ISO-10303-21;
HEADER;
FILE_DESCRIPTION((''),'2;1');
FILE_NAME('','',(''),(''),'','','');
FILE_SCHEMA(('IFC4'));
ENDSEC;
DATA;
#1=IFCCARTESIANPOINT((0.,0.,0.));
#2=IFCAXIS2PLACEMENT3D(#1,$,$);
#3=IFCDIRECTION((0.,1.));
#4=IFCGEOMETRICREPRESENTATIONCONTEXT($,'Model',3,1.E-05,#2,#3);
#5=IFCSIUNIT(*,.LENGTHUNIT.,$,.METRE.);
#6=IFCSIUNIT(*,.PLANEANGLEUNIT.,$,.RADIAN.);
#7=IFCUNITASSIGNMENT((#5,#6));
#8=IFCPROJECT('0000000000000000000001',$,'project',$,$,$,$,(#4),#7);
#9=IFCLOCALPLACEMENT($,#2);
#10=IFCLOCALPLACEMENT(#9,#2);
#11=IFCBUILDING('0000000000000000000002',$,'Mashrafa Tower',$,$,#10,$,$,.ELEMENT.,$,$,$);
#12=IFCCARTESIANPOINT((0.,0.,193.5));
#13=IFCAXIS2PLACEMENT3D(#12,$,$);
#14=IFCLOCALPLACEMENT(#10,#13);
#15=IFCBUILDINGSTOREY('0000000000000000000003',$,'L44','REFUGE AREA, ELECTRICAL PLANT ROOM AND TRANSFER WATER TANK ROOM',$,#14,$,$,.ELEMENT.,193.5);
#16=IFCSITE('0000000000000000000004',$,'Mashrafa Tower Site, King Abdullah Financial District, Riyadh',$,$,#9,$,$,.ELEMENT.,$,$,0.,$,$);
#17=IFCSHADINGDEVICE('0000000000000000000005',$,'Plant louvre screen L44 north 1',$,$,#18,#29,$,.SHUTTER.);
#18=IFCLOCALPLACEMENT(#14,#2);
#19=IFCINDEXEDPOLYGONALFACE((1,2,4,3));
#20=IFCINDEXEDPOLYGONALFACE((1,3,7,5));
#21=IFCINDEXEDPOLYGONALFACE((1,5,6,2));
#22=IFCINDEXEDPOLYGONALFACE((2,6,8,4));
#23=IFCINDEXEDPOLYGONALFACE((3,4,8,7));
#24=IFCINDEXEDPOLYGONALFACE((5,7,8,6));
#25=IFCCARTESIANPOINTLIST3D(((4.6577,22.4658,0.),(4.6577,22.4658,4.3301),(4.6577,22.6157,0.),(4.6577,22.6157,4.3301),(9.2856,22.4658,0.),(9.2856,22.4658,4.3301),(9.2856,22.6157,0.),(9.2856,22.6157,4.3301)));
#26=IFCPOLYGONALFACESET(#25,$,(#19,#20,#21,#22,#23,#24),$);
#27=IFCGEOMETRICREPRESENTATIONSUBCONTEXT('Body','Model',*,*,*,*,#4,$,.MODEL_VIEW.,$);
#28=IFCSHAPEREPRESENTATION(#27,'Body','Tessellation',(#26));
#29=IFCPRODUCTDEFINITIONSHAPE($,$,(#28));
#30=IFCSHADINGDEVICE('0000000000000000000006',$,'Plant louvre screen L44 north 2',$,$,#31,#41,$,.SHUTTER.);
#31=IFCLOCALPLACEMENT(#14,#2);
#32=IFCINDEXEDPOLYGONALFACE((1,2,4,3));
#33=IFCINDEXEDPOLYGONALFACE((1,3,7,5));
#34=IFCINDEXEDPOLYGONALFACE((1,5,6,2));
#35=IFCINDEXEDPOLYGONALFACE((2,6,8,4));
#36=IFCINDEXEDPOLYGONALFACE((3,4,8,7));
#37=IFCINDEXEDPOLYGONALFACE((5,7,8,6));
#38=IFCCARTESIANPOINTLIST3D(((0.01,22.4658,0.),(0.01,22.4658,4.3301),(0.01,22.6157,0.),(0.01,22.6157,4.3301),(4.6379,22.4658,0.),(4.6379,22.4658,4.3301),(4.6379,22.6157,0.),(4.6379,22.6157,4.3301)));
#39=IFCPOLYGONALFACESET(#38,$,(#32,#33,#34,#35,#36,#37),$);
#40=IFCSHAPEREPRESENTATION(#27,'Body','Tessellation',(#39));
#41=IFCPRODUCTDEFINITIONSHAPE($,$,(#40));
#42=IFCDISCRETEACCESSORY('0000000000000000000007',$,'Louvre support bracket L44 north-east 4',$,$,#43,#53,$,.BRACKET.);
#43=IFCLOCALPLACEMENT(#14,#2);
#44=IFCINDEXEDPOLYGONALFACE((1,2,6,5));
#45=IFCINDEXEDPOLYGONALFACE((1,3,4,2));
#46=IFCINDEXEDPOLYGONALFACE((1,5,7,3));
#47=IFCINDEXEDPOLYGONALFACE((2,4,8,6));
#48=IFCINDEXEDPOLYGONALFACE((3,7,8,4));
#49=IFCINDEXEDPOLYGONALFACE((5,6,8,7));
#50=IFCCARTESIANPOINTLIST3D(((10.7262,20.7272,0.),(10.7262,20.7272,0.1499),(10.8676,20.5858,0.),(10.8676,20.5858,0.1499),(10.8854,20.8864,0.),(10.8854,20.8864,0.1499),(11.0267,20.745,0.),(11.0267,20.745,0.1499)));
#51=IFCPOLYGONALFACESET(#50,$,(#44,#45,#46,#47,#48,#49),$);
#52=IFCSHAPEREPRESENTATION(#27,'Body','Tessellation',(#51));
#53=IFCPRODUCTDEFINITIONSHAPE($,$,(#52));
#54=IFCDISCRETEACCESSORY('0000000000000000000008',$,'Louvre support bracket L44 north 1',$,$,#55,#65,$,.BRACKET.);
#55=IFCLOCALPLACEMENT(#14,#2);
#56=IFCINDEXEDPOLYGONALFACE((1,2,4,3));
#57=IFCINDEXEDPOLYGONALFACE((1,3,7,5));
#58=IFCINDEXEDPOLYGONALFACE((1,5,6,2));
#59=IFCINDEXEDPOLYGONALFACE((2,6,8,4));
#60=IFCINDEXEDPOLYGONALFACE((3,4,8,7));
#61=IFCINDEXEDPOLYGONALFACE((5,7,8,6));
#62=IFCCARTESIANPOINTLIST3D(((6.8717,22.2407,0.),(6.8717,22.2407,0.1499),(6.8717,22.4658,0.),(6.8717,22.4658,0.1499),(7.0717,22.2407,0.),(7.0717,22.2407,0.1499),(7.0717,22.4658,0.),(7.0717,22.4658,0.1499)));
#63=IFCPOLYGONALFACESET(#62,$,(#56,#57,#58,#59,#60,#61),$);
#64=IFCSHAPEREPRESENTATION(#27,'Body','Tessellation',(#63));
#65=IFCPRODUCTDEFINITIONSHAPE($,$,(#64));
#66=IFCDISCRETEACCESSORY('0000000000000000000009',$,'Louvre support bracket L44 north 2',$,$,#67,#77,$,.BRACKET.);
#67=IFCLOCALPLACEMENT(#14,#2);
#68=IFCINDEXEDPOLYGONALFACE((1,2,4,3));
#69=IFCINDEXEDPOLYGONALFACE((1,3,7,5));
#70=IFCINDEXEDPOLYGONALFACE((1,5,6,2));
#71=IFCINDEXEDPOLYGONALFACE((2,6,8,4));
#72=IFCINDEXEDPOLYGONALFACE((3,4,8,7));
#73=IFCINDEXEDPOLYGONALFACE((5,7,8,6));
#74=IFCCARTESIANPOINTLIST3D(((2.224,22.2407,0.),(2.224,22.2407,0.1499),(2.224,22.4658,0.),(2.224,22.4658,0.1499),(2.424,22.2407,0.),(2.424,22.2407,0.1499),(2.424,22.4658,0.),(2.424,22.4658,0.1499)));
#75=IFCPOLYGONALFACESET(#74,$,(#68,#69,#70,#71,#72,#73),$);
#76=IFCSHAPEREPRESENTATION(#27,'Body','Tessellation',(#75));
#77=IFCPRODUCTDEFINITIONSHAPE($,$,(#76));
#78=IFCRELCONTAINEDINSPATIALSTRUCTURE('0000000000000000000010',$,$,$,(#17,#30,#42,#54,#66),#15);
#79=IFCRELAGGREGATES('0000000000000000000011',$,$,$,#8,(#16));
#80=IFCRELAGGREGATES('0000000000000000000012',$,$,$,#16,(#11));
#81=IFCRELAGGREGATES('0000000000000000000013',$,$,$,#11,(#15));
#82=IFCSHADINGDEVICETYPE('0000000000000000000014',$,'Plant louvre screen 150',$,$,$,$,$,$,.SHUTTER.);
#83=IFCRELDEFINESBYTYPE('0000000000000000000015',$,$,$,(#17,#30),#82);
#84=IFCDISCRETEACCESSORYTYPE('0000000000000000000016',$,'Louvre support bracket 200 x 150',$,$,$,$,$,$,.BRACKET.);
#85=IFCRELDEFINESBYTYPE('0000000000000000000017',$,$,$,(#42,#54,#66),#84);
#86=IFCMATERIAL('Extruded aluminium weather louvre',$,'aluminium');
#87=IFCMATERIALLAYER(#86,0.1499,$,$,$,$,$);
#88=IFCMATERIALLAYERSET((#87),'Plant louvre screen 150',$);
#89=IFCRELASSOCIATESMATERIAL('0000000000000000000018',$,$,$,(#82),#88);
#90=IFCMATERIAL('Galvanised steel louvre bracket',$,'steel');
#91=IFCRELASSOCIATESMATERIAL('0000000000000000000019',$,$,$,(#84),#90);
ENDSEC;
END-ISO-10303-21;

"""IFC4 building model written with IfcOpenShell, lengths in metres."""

from ifc_helpers import new_model, si_unit, direction, frame, origin, origin_2d, place, context, subcontext, project, spatial, rectangle, extrude, source, transform, mapped, material, layer, layer_set, type_object, type_shapes, element, save


model = new_model("IFC4")

# Units and contexts
model_context = context("Model", 3, precision=1e-05, world=origin(), true_north=direction((0.0, 1.0)))
body_context = subcontext(model_context, "Body", "Model", "MODEL_VIEW")
ifc_project = project(units=[si_unit("LENGTHUNIT", "METRE"), si_unit("PLANEANGLEUNIT", "RADIAN")], contexts=[model_context])

# Site, building, storey
site_placement = place(None, origin())
site = spatial("IfcSite", under=ifc_project, at=site_placement, Name="Mashrafa Tower Site, King Abdullah Financial District, Riyadh", CompositionType="ELEMENT", RefElevation=0.0)
building_placement = place(site_placement, origin())
building = spatial("IfcBuilding", under=site, at=building_placement, Name="Mashrafa Tower", CompositionType="ELEMENT")
storey_placement = place(building_placement, frame((0.0, 0.0, 193.5)))
storey = spatial("IfcBuildingStorey", under=building, at=storey_placement, Name="L44", Description="REFUGE AREA, ELECTRICAL PLANT ROOM AND TRANSFER WATER TANK ROOM", CompositionType="ELEMENT", Elevation=193.5)

# Shading devices
ifc_material_1 = material(Name="Extruded aluminium weather louvre", Category="aluminium")
ifc_layer = layer(ifc_material_1, 0.1499)
ifc_layer_set = layer_set([ifc_layer], Name="Plant louvre screen 150")
shading_device_type = type_object("IfcShadingDeviceType", Name="Plant louvre screen 150", PredefinedType="SHUTTER", material=ifc_layer_set)
shared_shape_1 = source(origin(), body_context, "Body", "SweptSolid", [
    extrude(rectangle(XDim=4.6279, YDim=0.1499, at=origin_2d()), origin(), (0.0, 0.0, 1.0), 4.3301),
])
type_shapes(shading_device_type, [shared_shape_1])
for number, where, z_axis, x_axis, name in (
    (1, (6.9717, 22.5408, 0.0), (0.0, 0.0, 1.0), (-1.0, 0.0, 0.0), "Plant louvre screen L44 north 1"),
    (2, (2.324, 22.5408, 0.0), (0.0, 0.0, 1.0), (-1.0, 0.0, 0.0), "Plant louvre screen L44 north 2"),
):
    element("IfcShadingDevice", number, at=place(storey_placement, frame(where, z_axis=z_axis, x_axis=x_axis)), inside=storey, type_object=shading_device_type, Name=name, PredefinedType="SHUTTER", context=body_context, shape_type="MappedRepresentation", body=[
        mapped(shared_shape_1, transform((0.0, 0.0, 0.0))),
    ])

# Discrete accessories
ifc_material_2 = material(Name="Galvanised steel louvre bracket", Category="steel")
discrete_accessory_type = type_object("IfcDiscreteAccessoryType", Name="Louvre support bracket 200 x 150", PredefinedType="BRACKET", material=ifc_material_2)
shared_shape_2 = source(origin(), body_context, "Body", "SweptSolid", [
    extrude(rectangle(XDim=0.2, YDim=0.2251, at=origin_2d()), origin(), (0.0, 0.0, 1.0), 0.1499),
])
type_shapes(discrete_accessory_type, [shared_shape_2])
for number, where, z_axis, x_axis, name in (
    (3, (10.8765, 20.7361, 0.0), (0.0, 0.0, 1.0), (-0.707107, 0.707107, 0.0), "Louvre support bracket L44 north-east 4"),
    (4, (6.9717, 22.3533, 0.0), (0.0, 0.0, 1.0), (-1.0, 0.0, 0.0), "Louvre support bracket L44 north 1"),
    (5, (2.324, 22.3533, 0.0), (0.0, 0.0, 1.0), (-1.0, 0.0, 0.0), "Louvre support bracket L44 north 2"),
):
    element("IfcDiscreteAccessory", number, at=place(storey_placement, frame(where, z_axis=z_axis, x_axis=x_axis)), inside=storey, type_object=discrete_accessory_type, Name=name, PredefinedType="BRACKET", context=body_context, shape_type="MappedRepresentation", body=[
        mapped(shared_shape_2, transform((0.0, 0.0, 0.0))),
    ])

save(model, "model.ifc")
